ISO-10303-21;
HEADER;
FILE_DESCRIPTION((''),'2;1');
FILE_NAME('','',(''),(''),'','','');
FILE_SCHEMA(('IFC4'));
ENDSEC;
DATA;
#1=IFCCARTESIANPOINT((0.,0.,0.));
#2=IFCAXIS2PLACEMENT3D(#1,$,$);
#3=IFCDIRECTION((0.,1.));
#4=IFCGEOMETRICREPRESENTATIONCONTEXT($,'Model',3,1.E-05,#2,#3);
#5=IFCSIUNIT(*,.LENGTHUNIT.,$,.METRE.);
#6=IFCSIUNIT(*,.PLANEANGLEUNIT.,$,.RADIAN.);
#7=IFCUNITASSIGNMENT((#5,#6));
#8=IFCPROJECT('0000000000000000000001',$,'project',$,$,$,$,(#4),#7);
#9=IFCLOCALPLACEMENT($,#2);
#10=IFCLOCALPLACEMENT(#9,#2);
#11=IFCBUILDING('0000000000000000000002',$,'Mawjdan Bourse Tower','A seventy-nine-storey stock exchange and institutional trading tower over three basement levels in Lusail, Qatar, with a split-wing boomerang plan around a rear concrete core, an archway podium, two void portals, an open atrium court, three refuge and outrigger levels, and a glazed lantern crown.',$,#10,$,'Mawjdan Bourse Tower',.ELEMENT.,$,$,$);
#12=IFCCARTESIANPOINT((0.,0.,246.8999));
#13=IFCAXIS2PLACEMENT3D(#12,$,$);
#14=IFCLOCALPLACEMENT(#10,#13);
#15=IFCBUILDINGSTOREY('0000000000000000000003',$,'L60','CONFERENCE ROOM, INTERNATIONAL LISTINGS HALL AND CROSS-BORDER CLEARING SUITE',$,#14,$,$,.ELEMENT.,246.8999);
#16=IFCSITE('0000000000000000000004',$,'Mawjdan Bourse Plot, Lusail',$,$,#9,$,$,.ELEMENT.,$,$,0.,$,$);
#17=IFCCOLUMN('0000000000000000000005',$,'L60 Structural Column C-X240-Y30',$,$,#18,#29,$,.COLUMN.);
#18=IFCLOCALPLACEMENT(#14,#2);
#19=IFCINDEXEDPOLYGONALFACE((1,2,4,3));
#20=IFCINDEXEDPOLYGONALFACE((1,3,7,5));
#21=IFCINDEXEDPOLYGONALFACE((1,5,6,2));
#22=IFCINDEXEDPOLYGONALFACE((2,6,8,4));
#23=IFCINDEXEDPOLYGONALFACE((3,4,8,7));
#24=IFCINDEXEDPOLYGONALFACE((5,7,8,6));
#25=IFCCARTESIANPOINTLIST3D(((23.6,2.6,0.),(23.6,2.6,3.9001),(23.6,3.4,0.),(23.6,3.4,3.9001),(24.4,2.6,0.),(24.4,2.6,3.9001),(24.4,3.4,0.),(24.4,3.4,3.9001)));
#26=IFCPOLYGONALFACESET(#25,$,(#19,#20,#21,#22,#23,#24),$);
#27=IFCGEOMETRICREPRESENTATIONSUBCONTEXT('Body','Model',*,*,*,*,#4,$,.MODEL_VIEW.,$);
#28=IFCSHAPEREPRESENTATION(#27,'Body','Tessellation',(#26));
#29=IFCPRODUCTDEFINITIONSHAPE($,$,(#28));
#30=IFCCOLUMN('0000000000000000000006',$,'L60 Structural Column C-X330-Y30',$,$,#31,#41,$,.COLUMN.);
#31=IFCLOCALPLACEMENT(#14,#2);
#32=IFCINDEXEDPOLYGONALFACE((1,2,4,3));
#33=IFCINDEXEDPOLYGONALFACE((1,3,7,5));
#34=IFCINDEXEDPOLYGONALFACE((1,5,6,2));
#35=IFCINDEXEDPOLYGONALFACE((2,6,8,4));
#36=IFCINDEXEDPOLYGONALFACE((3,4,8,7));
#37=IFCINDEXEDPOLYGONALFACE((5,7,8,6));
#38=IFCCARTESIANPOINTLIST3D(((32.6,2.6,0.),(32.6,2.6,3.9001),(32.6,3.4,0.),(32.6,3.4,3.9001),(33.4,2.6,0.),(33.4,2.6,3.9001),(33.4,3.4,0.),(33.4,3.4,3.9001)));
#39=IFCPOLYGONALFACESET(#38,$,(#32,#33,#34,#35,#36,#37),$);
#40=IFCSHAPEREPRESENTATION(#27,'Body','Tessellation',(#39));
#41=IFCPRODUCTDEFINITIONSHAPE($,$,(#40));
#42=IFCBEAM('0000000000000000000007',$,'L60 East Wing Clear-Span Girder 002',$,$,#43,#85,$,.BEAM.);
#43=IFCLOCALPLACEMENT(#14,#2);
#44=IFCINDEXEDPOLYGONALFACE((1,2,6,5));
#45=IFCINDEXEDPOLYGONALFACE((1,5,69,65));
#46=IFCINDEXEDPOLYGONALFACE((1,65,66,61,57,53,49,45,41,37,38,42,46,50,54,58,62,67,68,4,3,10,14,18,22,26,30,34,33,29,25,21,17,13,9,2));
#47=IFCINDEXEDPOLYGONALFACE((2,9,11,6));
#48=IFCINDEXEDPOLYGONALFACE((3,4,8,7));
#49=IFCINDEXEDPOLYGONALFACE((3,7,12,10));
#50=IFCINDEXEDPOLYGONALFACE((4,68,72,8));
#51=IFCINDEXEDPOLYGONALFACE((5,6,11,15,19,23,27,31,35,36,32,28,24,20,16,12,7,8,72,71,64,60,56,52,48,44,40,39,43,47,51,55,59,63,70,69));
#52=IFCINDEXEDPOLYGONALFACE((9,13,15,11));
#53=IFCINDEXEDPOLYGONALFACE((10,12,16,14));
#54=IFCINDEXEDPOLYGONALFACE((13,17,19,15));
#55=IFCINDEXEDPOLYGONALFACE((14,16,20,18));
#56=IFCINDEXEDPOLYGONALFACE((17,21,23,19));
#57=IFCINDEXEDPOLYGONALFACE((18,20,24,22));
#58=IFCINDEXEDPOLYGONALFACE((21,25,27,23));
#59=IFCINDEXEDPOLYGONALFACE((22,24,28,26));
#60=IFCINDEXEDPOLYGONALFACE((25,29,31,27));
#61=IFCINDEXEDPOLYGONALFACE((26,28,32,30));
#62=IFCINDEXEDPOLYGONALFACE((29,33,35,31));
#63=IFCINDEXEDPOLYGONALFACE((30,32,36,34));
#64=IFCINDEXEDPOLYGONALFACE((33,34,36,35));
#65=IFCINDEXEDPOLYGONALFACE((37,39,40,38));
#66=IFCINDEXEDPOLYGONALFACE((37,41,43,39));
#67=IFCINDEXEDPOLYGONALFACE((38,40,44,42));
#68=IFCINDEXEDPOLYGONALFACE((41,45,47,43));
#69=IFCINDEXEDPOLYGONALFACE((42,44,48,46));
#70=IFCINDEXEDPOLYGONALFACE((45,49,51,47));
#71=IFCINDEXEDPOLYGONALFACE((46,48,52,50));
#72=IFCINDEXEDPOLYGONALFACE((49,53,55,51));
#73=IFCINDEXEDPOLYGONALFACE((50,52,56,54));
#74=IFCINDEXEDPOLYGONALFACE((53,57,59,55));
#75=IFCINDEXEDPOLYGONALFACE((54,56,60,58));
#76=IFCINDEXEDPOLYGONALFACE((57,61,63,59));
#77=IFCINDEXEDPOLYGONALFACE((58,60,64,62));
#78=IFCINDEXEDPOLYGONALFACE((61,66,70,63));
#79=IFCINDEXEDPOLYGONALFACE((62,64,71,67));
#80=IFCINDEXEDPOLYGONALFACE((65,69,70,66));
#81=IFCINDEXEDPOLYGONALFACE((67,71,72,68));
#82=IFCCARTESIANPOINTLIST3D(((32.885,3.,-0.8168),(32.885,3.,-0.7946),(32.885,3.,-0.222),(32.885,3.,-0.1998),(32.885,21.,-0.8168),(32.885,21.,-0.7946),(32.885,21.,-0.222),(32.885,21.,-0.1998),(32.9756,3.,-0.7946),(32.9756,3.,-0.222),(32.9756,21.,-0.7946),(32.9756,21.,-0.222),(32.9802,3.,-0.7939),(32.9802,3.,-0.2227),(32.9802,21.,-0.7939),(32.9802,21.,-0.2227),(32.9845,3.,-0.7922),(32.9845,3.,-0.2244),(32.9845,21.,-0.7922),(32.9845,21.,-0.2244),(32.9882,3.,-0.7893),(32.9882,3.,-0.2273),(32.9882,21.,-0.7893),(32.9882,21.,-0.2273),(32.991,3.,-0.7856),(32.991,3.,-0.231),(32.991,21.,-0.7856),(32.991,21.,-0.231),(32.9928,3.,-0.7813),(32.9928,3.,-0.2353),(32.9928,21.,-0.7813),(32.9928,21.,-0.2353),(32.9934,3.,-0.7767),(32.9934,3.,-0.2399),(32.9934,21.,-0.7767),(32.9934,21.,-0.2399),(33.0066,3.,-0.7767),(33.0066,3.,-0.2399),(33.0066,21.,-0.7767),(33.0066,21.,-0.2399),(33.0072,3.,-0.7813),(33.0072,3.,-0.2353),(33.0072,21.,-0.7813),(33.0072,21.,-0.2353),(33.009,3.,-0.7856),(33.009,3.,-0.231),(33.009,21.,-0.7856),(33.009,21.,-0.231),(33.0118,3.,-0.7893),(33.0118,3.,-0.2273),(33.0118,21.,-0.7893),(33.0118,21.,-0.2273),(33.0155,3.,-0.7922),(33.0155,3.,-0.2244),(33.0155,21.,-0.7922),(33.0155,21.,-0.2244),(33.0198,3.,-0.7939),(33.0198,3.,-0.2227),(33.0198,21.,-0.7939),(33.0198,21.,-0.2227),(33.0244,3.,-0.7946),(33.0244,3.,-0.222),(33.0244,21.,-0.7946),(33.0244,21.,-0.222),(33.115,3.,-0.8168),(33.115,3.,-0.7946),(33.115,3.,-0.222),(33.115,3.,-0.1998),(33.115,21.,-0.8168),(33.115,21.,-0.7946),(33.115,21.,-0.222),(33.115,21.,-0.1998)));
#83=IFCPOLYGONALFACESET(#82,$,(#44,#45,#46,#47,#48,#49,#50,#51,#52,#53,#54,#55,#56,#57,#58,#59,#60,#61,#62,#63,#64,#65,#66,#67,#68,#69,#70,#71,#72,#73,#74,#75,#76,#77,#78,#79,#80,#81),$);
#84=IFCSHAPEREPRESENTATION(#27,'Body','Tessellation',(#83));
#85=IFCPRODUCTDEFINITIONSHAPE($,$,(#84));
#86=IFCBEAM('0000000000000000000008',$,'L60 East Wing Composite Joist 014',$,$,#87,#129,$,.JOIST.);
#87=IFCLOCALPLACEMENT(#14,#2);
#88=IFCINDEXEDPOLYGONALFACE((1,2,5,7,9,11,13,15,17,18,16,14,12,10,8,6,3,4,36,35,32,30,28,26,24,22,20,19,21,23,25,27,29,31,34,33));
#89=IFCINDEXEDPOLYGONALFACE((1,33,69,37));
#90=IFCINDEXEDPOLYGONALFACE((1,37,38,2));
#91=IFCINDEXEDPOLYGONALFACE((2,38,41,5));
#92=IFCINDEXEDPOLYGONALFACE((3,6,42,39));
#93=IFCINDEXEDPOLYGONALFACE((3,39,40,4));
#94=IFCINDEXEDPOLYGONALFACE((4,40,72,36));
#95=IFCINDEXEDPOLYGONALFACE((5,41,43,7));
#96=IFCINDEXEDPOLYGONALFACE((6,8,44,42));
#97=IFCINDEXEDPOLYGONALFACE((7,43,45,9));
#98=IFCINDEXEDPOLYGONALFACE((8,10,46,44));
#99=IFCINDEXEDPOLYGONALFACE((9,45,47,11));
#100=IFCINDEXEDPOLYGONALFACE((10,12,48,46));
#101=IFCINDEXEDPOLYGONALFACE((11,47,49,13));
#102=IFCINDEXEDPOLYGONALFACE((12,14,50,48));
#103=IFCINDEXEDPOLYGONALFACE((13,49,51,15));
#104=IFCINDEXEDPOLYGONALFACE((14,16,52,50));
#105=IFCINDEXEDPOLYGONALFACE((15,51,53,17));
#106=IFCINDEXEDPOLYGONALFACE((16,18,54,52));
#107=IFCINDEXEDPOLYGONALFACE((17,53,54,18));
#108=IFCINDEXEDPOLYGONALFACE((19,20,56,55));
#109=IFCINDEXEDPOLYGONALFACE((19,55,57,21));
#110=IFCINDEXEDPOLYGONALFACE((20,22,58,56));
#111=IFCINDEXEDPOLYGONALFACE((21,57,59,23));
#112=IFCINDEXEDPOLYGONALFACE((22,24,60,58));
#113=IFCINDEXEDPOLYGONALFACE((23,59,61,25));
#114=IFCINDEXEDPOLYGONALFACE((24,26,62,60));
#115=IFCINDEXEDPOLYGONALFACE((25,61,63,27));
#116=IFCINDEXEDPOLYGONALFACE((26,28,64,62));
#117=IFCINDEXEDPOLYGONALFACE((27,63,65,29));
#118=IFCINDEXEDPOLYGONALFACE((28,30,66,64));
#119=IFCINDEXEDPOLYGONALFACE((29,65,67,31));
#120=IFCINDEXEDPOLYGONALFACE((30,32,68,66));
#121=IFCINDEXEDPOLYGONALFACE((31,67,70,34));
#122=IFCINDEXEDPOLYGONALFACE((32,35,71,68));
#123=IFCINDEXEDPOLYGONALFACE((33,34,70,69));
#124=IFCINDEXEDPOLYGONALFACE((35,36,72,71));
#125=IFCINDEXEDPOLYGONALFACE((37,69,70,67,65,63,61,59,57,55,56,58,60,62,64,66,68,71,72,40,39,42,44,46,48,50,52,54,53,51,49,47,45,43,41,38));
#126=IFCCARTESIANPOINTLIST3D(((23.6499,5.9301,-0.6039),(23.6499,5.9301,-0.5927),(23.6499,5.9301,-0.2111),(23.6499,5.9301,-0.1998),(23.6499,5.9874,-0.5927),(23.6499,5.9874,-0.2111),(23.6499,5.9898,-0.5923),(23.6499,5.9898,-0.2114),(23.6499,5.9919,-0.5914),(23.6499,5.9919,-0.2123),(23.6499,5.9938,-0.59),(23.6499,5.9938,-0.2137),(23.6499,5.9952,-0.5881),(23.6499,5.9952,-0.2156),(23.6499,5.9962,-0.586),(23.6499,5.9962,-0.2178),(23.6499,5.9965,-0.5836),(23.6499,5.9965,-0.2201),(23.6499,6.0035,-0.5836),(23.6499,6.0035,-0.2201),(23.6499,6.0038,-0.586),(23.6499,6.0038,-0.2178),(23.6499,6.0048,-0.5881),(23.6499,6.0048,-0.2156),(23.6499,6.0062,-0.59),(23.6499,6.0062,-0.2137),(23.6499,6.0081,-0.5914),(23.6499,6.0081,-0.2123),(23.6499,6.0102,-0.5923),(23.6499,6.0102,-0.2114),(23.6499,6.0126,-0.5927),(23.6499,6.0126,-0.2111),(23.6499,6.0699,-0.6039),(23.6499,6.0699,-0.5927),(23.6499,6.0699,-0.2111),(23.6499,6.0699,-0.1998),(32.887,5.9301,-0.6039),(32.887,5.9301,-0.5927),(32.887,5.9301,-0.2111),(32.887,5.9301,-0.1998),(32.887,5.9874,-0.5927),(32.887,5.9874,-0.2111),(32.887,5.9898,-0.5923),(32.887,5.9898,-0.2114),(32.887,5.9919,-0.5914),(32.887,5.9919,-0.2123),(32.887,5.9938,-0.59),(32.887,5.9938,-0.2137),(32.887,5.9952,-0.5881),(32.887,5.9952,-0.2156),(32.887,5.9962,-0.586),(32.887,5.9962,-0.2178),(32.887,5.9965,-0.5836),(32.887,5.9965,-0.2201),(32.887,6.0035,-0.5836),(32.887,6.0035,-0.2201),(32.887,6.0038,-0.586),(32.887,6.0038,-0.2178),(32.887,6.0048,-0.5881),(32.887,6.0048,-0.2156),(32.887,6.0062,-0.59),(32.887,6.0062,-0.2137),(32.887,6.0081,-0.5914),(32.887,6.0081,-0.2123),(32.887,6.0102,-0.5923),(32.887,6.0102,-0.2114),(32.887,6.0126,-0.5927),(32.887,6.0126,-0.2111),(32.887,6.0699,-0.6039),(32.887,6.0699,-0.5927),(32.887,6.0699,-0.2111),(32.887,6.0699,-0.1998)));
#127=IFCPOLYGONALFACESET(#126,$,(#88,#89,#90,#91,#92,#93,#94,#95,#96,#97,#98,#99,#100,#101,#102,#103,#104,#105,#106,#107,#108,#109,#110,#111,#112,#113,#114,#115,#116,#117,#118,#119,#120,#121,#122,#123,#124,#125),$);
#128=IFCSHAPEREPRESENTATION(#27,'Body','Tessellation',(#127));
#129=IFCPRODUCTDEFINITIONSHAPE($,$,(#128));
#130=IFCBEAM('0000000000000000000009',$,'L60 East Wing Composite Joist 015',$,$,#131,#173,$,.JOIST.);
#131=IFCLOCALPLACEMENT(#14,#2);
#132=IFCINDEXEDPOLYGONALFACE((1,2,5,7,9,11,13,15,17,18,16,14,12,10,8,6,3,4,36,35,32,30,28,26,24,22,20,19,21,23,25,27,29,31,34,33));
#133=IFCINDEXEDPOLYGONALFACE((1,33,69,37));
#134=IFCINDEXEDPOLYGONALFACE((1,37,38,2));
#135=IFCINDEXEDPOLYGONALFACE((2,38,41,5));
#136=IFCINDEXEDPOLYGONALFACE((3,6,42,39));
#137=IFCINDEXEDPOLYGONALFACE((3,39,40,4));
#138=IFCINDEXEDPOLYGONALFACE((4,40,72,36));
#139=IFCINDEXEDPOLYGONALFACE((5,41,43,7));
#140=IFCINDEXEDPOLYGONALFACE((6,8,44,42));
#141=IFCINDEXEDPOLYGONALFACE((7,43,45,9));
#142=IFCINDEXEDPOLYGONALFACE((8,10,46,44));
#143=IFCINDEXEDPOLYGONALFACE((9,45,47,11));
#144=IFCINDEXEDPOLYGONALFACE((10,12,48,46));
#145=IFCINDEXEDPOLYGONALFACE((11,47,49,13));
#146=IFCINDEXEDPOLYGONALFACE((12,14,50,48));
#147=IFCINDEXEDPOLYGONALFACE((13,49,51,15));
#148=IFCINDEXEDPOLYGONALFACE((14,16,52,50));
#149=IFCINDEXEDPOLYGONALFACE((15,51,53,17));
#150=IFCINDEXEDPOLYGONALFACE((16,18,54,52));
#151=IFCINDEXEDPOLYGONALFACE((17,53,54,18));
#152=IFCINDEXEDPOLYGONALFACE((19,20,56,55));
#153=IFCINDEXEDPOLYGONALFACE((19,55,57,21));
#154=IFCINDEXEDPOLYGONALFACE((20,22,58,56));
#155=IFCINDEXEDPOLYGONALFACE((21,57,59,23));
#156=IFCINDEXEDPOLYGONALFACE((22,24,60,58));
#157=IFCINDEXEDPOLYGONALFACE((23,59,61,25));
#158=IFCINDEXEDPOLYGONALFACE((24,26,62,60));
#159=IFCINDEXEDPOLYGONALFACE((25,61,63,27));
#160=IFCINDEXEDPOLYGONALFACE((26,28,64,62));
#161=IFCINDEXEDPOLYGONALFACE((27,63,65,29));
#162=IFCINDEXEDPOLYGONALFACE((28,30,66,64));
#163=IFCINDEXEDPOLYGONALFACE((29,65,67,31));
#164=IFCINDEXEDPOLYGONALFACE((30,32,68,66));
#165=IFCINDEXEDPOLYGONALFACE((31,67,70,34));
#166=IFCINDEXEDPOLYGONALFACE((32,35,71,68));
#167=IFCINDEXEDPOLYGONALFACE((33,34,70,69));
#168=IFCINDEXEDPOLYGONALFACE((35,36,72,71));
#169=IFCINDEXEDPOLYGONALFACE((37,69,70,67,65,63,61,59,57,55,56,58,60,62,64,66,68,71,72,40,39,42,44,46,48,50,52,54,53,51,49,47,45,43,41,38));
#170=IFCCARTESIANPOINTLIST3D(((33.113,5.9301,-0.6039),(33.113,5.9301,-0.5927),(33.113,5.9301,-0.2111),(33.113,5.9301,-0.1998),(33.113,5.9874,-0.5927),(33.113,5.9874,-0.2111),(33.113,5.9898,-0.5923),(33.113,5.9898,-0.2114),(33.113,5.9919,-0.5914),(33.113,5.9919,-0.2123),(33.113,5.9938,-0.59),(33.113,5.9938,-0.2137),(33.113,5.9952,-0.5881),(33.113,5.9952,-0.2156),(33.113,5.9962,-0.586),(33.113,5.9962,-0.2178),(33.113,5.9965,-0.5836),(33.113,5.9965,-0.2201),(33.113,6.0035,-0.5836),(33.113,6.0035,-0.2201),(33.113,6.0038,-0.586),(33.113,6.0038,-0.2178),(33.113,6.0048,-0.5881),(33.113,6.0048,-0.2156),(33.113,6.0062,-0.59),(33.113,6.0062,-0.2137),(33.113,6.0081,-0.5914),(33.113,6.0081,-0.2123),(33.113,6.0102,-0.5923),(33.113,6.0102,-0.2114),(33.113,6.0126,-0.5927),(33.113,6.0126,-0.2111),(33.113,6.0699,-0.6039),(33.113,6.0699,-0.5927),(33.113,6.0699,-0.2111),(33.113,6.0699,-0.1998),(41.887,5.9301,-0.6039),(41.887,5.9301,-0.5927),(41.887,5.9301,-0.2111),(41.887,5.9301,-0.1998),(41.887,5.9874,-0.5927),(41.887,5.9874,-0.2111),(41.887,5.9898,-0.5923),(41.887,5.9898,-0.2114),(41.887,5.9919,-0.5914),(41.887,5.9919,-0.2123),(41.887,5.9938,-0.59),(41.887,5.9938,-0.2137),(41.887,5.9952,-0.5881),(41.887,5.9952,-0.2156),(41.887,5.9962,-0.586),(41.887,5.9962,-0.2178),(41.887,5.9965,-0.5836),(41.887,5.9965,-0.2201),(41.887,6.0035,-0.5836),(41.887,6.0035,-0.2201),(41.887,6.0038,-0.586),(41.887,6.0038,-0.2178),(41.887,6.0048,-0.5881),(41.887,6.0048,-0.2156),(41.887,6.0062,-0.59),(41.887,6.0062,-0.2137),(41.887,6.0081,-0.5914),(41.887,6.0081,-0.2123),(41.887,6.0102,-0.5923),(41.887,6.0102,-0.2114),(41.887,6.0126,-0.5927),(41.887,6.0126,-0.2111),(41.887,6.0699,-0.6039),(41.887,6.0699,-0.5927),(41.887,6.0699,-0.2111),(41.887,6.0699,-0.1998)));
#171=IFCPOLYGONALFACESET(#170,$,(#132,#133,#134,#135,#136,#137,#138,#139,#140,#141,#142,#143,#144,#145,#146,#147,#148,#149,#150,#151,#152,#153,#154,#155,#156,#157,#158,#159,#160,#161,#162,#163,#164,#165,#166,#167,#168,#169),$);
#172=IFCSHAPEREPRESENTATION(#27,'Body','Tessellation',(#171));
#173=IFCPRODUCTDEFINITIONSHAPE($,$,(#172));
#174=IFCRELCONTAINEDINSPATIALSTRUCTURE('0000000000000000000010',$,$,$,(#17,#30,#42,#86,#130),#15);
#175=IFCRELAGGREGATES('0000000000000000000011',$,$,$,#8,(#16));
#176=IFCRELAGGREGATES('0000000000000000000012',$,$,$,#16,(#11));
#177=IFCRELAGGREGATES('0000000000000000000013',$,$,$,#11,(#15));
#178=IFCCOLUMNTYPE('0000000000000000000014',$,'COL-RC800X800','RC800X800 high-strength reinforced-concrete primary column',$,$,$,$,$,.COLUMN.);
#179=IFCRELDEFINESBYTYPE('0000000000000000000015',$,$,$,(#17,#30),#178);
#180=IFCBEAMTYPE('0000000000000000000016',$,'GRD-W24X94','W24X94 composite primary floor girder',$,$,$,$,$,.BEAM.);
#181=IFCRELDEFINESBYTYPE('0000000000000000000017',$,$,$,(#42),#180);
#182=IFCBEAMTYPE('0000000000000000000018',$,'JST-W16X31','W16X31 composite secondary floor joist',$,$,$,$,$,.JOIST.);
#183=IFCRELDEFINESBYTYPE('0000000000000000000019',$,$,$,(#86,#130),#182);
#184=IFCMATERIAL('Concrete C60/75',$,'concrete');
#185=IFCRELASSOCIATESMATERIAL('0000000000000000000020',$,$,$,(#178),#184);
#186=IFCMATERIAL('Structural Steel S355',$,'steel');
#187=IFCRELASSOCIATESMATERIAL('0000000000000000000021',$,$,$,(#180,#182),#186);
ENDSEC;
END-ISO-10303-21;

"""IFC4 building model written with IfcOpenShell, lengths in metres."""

from ifc_helpers import new_model, si_unit, direction, frame, origin, origin_2d, place, context, subcontext, project, spatial, rectangle, i_section, extrude, material, material_profile, profile_set, type_object, element, save


model = new_model("IFC4")

# Units and contexts
model_context = context("Model", 3, precision=1e-05, world=origin(), true_north=direction((0.0, 1.0)))
body_context = subcontext(model_context, "Body", "Model", "MODEL_VIEW")
ifc_project = project(units=[si_unit("LENGTHUNIT", "METRE"), si_unit("PLANEANGLEUNIT", "RADIAN")], contexts=[model_context])

# Site, building, storey
site_placement = place(None, origin())
site = spatial("IfcSite", under=ifc_project, at=site_placement, Name="Mawjdan Bourse Plot, Lusail", CompositionType="ELEMENT", RefElevation=0.0)
building_placement = place(site_placement, origin())
building = spatial("IfcBuilding", under=site, at=building_placement, Name="Mawjdan Bourse Tower", Description="A seventy-nine-storey stock exchange and institutional trading tower over three basement levels in Lusail, Qatar, with a split-wing boomerang plan around a rear concrete core, an archway podium, two void portals, an open atrium court, three refuge and outrigger levels, and a glazed lantern crown.", LongName="Mawjdan Bourse Tower", CompositionType="ELEMENT")
storey_placement = place(building_placement, frame((0.0, 0.0, 246.8999)))
storey = spatial("IfcBuildingStorey", under=building, at=storey_placement, Name="L60", Description="CONFERENCE ROOM, INTERNATIONAL LISTINGS HALL AND CROSS-BORDER CLEARING SUITE", CompositionType="ELEMENT", Elevation=246.8999)

# Columns
ifc_material_1 = material(Name="Concrete C60/75", Category="concrete")
ifc_material_profile_1 = material_profile(ifc_material_1, rectangle(XDim=0.8, YDim=0.8, at=origin_2d()), Name="RC800X800")
ifc_profile_set_1 = profile_set([ifc_material_profile_1], Name="Concrete C60/75")
column_type = type_object("IfcColumnType", Name="COL-RC800X800", Description="RC800X800 high-strength reinforced-concrete primary column", PredefinedType="COLUMN", material=ifc_profile_set_1)
for number, where, z_axis, x_axis, name in (
    (1, (24.0, 3.0, 0.0), (0.0, 0.0, 1.0), (1.0, 0.0, 0.0), "L60 Structural Column C-X240-Y30"),
    (2, (33.0, 3.0, 0.0), (0.0, 0.0, 1.0), (1.0, 0.0, 0.0), "L60 Structural Column C-X330-Y30"),
):
    element("IfcColumn", number, at=place(storey_placement, frame(where, z_axis=z_axis, x_axis=x_axis)), inside=storey, type_object=column_type, Name=name, PredefinedType="COLUMN", context=body_context, shape_type="SweptSolid", body=[
        extrude(rectangle(XDim=0.8, YDim=0.8, at=origin_2d()), origin(), (0.0, 0.0, 1.0), 3.9001),
    ])

# Beams
ifc_material_2 = material(Name="Structural Steel S355", Category="steel")
ifc_material_profile_2 = material_profile(ifc_material_2, i_section(OverallWidth=0.23, OverallDepth=0.6169, WebThickness=0.0132, FlangeThickness=0.0222, FilletRadius=0.0178, at=origin_2d()), Name="W24X94")
ifc_profile_set_2 = profile_set([ifc_material_profile_2], Name="Structural Steel S355")
beam_type_1 = type_object("IfcBeamType", Name="GRD-W24X94", Description="W24X94 composite primary floor girder", PredefinedType="BEAM", material=ifc_profile_set_2)
beam_1_placement = place(storey_placement, frame((33.0, 3.0, -0.5083), z_axis=(0.0, 1.0, 0.0), x_axis=(-1.0, 0.0, 0.0)))
element("IfcBeam", 3, at=beam_1_placement, inside=storey, type_object=beam_type_1, Name="L60 East Wing Clear-Span Girder 002", PredefinedType="BEAM", context=body_context, shape_type="SweptSolid", body=[
    extrude(i_section(OverallWidth=0.23, OverallDepth=0.6169, WebThickness=0.0132, FlangeThickness=0.0222, FilletRadius=0.0178, at=origin_2d()), origin(), (0.0, 0.0, 1.0), 18.0),
])
ifc_material_profile_3 = material_profile(ifc_material_2, i_section(OverallWidth=0.1399, OverallDepth=0.4041, WebThickness=0.0071, FlangeThickness=0.0112, FilletRadius=0.009, at=origin_2d()), Name="W16X31")
ifc_profile_set_3 = profile_set([ifc_material_profile_3], Name="Structural Steel S355")
beam_type_2 = type_object("IfcBeamType", Name="JST-W16X31", Description="W16X31 composite secondary floor joist", PredefinedType="JOIST", material=ifc_profile_set_3)
beam_2_placement = place(storey_placement, frame((23.6499, 6.0, -0.4019), z_axis=(1.0, 0.0, 0.0), x_axis=(0.0, 1.0, 0.0)))
element("IfcBeam", 4, at=beam_2_placement, inside=storey, type_object=beam_type_2, Name="L60 East Wing Composite Joist 014", PredefinedType="JOIST", context=body_context, shape_type="SweptSolid", body=[
    extrude(i_section(OverallWidth=0.1399, OverallDepth=0.4041, WebThickness=0.0071, FlangeThickness=0.0112, FilletRadius=0.009, at=origin_2d()), origin(), (0.0, 0.0, 1.0), 9.2371),
])
beam_3_placement = place(storey_placement, frame((33.113, 6.0, -0.4019), z_axis=(1.0, 0.0, 0.0), x_axis=(0.0, 1.0, 0.0)))
element("IfcBeam", 5, at=beam_3_placement, inside=storey, type_object=beam_type_2, Name="L60 East Wing Composite Joist 015", PredefinedType="JOIST", context=body_context, shape_type="SweptSolid", body=[
    extrude(i_section(OverallWidth=0.1399, OverallDepth=0.4041, WebThickness=0.0071, FlangeThickness=0.0112, FilletRadius=0.009, at=origin_2d()), origin(), (0.0, 0.0, 1.0), 8.7739),
])

save(model, "model.ifc")
